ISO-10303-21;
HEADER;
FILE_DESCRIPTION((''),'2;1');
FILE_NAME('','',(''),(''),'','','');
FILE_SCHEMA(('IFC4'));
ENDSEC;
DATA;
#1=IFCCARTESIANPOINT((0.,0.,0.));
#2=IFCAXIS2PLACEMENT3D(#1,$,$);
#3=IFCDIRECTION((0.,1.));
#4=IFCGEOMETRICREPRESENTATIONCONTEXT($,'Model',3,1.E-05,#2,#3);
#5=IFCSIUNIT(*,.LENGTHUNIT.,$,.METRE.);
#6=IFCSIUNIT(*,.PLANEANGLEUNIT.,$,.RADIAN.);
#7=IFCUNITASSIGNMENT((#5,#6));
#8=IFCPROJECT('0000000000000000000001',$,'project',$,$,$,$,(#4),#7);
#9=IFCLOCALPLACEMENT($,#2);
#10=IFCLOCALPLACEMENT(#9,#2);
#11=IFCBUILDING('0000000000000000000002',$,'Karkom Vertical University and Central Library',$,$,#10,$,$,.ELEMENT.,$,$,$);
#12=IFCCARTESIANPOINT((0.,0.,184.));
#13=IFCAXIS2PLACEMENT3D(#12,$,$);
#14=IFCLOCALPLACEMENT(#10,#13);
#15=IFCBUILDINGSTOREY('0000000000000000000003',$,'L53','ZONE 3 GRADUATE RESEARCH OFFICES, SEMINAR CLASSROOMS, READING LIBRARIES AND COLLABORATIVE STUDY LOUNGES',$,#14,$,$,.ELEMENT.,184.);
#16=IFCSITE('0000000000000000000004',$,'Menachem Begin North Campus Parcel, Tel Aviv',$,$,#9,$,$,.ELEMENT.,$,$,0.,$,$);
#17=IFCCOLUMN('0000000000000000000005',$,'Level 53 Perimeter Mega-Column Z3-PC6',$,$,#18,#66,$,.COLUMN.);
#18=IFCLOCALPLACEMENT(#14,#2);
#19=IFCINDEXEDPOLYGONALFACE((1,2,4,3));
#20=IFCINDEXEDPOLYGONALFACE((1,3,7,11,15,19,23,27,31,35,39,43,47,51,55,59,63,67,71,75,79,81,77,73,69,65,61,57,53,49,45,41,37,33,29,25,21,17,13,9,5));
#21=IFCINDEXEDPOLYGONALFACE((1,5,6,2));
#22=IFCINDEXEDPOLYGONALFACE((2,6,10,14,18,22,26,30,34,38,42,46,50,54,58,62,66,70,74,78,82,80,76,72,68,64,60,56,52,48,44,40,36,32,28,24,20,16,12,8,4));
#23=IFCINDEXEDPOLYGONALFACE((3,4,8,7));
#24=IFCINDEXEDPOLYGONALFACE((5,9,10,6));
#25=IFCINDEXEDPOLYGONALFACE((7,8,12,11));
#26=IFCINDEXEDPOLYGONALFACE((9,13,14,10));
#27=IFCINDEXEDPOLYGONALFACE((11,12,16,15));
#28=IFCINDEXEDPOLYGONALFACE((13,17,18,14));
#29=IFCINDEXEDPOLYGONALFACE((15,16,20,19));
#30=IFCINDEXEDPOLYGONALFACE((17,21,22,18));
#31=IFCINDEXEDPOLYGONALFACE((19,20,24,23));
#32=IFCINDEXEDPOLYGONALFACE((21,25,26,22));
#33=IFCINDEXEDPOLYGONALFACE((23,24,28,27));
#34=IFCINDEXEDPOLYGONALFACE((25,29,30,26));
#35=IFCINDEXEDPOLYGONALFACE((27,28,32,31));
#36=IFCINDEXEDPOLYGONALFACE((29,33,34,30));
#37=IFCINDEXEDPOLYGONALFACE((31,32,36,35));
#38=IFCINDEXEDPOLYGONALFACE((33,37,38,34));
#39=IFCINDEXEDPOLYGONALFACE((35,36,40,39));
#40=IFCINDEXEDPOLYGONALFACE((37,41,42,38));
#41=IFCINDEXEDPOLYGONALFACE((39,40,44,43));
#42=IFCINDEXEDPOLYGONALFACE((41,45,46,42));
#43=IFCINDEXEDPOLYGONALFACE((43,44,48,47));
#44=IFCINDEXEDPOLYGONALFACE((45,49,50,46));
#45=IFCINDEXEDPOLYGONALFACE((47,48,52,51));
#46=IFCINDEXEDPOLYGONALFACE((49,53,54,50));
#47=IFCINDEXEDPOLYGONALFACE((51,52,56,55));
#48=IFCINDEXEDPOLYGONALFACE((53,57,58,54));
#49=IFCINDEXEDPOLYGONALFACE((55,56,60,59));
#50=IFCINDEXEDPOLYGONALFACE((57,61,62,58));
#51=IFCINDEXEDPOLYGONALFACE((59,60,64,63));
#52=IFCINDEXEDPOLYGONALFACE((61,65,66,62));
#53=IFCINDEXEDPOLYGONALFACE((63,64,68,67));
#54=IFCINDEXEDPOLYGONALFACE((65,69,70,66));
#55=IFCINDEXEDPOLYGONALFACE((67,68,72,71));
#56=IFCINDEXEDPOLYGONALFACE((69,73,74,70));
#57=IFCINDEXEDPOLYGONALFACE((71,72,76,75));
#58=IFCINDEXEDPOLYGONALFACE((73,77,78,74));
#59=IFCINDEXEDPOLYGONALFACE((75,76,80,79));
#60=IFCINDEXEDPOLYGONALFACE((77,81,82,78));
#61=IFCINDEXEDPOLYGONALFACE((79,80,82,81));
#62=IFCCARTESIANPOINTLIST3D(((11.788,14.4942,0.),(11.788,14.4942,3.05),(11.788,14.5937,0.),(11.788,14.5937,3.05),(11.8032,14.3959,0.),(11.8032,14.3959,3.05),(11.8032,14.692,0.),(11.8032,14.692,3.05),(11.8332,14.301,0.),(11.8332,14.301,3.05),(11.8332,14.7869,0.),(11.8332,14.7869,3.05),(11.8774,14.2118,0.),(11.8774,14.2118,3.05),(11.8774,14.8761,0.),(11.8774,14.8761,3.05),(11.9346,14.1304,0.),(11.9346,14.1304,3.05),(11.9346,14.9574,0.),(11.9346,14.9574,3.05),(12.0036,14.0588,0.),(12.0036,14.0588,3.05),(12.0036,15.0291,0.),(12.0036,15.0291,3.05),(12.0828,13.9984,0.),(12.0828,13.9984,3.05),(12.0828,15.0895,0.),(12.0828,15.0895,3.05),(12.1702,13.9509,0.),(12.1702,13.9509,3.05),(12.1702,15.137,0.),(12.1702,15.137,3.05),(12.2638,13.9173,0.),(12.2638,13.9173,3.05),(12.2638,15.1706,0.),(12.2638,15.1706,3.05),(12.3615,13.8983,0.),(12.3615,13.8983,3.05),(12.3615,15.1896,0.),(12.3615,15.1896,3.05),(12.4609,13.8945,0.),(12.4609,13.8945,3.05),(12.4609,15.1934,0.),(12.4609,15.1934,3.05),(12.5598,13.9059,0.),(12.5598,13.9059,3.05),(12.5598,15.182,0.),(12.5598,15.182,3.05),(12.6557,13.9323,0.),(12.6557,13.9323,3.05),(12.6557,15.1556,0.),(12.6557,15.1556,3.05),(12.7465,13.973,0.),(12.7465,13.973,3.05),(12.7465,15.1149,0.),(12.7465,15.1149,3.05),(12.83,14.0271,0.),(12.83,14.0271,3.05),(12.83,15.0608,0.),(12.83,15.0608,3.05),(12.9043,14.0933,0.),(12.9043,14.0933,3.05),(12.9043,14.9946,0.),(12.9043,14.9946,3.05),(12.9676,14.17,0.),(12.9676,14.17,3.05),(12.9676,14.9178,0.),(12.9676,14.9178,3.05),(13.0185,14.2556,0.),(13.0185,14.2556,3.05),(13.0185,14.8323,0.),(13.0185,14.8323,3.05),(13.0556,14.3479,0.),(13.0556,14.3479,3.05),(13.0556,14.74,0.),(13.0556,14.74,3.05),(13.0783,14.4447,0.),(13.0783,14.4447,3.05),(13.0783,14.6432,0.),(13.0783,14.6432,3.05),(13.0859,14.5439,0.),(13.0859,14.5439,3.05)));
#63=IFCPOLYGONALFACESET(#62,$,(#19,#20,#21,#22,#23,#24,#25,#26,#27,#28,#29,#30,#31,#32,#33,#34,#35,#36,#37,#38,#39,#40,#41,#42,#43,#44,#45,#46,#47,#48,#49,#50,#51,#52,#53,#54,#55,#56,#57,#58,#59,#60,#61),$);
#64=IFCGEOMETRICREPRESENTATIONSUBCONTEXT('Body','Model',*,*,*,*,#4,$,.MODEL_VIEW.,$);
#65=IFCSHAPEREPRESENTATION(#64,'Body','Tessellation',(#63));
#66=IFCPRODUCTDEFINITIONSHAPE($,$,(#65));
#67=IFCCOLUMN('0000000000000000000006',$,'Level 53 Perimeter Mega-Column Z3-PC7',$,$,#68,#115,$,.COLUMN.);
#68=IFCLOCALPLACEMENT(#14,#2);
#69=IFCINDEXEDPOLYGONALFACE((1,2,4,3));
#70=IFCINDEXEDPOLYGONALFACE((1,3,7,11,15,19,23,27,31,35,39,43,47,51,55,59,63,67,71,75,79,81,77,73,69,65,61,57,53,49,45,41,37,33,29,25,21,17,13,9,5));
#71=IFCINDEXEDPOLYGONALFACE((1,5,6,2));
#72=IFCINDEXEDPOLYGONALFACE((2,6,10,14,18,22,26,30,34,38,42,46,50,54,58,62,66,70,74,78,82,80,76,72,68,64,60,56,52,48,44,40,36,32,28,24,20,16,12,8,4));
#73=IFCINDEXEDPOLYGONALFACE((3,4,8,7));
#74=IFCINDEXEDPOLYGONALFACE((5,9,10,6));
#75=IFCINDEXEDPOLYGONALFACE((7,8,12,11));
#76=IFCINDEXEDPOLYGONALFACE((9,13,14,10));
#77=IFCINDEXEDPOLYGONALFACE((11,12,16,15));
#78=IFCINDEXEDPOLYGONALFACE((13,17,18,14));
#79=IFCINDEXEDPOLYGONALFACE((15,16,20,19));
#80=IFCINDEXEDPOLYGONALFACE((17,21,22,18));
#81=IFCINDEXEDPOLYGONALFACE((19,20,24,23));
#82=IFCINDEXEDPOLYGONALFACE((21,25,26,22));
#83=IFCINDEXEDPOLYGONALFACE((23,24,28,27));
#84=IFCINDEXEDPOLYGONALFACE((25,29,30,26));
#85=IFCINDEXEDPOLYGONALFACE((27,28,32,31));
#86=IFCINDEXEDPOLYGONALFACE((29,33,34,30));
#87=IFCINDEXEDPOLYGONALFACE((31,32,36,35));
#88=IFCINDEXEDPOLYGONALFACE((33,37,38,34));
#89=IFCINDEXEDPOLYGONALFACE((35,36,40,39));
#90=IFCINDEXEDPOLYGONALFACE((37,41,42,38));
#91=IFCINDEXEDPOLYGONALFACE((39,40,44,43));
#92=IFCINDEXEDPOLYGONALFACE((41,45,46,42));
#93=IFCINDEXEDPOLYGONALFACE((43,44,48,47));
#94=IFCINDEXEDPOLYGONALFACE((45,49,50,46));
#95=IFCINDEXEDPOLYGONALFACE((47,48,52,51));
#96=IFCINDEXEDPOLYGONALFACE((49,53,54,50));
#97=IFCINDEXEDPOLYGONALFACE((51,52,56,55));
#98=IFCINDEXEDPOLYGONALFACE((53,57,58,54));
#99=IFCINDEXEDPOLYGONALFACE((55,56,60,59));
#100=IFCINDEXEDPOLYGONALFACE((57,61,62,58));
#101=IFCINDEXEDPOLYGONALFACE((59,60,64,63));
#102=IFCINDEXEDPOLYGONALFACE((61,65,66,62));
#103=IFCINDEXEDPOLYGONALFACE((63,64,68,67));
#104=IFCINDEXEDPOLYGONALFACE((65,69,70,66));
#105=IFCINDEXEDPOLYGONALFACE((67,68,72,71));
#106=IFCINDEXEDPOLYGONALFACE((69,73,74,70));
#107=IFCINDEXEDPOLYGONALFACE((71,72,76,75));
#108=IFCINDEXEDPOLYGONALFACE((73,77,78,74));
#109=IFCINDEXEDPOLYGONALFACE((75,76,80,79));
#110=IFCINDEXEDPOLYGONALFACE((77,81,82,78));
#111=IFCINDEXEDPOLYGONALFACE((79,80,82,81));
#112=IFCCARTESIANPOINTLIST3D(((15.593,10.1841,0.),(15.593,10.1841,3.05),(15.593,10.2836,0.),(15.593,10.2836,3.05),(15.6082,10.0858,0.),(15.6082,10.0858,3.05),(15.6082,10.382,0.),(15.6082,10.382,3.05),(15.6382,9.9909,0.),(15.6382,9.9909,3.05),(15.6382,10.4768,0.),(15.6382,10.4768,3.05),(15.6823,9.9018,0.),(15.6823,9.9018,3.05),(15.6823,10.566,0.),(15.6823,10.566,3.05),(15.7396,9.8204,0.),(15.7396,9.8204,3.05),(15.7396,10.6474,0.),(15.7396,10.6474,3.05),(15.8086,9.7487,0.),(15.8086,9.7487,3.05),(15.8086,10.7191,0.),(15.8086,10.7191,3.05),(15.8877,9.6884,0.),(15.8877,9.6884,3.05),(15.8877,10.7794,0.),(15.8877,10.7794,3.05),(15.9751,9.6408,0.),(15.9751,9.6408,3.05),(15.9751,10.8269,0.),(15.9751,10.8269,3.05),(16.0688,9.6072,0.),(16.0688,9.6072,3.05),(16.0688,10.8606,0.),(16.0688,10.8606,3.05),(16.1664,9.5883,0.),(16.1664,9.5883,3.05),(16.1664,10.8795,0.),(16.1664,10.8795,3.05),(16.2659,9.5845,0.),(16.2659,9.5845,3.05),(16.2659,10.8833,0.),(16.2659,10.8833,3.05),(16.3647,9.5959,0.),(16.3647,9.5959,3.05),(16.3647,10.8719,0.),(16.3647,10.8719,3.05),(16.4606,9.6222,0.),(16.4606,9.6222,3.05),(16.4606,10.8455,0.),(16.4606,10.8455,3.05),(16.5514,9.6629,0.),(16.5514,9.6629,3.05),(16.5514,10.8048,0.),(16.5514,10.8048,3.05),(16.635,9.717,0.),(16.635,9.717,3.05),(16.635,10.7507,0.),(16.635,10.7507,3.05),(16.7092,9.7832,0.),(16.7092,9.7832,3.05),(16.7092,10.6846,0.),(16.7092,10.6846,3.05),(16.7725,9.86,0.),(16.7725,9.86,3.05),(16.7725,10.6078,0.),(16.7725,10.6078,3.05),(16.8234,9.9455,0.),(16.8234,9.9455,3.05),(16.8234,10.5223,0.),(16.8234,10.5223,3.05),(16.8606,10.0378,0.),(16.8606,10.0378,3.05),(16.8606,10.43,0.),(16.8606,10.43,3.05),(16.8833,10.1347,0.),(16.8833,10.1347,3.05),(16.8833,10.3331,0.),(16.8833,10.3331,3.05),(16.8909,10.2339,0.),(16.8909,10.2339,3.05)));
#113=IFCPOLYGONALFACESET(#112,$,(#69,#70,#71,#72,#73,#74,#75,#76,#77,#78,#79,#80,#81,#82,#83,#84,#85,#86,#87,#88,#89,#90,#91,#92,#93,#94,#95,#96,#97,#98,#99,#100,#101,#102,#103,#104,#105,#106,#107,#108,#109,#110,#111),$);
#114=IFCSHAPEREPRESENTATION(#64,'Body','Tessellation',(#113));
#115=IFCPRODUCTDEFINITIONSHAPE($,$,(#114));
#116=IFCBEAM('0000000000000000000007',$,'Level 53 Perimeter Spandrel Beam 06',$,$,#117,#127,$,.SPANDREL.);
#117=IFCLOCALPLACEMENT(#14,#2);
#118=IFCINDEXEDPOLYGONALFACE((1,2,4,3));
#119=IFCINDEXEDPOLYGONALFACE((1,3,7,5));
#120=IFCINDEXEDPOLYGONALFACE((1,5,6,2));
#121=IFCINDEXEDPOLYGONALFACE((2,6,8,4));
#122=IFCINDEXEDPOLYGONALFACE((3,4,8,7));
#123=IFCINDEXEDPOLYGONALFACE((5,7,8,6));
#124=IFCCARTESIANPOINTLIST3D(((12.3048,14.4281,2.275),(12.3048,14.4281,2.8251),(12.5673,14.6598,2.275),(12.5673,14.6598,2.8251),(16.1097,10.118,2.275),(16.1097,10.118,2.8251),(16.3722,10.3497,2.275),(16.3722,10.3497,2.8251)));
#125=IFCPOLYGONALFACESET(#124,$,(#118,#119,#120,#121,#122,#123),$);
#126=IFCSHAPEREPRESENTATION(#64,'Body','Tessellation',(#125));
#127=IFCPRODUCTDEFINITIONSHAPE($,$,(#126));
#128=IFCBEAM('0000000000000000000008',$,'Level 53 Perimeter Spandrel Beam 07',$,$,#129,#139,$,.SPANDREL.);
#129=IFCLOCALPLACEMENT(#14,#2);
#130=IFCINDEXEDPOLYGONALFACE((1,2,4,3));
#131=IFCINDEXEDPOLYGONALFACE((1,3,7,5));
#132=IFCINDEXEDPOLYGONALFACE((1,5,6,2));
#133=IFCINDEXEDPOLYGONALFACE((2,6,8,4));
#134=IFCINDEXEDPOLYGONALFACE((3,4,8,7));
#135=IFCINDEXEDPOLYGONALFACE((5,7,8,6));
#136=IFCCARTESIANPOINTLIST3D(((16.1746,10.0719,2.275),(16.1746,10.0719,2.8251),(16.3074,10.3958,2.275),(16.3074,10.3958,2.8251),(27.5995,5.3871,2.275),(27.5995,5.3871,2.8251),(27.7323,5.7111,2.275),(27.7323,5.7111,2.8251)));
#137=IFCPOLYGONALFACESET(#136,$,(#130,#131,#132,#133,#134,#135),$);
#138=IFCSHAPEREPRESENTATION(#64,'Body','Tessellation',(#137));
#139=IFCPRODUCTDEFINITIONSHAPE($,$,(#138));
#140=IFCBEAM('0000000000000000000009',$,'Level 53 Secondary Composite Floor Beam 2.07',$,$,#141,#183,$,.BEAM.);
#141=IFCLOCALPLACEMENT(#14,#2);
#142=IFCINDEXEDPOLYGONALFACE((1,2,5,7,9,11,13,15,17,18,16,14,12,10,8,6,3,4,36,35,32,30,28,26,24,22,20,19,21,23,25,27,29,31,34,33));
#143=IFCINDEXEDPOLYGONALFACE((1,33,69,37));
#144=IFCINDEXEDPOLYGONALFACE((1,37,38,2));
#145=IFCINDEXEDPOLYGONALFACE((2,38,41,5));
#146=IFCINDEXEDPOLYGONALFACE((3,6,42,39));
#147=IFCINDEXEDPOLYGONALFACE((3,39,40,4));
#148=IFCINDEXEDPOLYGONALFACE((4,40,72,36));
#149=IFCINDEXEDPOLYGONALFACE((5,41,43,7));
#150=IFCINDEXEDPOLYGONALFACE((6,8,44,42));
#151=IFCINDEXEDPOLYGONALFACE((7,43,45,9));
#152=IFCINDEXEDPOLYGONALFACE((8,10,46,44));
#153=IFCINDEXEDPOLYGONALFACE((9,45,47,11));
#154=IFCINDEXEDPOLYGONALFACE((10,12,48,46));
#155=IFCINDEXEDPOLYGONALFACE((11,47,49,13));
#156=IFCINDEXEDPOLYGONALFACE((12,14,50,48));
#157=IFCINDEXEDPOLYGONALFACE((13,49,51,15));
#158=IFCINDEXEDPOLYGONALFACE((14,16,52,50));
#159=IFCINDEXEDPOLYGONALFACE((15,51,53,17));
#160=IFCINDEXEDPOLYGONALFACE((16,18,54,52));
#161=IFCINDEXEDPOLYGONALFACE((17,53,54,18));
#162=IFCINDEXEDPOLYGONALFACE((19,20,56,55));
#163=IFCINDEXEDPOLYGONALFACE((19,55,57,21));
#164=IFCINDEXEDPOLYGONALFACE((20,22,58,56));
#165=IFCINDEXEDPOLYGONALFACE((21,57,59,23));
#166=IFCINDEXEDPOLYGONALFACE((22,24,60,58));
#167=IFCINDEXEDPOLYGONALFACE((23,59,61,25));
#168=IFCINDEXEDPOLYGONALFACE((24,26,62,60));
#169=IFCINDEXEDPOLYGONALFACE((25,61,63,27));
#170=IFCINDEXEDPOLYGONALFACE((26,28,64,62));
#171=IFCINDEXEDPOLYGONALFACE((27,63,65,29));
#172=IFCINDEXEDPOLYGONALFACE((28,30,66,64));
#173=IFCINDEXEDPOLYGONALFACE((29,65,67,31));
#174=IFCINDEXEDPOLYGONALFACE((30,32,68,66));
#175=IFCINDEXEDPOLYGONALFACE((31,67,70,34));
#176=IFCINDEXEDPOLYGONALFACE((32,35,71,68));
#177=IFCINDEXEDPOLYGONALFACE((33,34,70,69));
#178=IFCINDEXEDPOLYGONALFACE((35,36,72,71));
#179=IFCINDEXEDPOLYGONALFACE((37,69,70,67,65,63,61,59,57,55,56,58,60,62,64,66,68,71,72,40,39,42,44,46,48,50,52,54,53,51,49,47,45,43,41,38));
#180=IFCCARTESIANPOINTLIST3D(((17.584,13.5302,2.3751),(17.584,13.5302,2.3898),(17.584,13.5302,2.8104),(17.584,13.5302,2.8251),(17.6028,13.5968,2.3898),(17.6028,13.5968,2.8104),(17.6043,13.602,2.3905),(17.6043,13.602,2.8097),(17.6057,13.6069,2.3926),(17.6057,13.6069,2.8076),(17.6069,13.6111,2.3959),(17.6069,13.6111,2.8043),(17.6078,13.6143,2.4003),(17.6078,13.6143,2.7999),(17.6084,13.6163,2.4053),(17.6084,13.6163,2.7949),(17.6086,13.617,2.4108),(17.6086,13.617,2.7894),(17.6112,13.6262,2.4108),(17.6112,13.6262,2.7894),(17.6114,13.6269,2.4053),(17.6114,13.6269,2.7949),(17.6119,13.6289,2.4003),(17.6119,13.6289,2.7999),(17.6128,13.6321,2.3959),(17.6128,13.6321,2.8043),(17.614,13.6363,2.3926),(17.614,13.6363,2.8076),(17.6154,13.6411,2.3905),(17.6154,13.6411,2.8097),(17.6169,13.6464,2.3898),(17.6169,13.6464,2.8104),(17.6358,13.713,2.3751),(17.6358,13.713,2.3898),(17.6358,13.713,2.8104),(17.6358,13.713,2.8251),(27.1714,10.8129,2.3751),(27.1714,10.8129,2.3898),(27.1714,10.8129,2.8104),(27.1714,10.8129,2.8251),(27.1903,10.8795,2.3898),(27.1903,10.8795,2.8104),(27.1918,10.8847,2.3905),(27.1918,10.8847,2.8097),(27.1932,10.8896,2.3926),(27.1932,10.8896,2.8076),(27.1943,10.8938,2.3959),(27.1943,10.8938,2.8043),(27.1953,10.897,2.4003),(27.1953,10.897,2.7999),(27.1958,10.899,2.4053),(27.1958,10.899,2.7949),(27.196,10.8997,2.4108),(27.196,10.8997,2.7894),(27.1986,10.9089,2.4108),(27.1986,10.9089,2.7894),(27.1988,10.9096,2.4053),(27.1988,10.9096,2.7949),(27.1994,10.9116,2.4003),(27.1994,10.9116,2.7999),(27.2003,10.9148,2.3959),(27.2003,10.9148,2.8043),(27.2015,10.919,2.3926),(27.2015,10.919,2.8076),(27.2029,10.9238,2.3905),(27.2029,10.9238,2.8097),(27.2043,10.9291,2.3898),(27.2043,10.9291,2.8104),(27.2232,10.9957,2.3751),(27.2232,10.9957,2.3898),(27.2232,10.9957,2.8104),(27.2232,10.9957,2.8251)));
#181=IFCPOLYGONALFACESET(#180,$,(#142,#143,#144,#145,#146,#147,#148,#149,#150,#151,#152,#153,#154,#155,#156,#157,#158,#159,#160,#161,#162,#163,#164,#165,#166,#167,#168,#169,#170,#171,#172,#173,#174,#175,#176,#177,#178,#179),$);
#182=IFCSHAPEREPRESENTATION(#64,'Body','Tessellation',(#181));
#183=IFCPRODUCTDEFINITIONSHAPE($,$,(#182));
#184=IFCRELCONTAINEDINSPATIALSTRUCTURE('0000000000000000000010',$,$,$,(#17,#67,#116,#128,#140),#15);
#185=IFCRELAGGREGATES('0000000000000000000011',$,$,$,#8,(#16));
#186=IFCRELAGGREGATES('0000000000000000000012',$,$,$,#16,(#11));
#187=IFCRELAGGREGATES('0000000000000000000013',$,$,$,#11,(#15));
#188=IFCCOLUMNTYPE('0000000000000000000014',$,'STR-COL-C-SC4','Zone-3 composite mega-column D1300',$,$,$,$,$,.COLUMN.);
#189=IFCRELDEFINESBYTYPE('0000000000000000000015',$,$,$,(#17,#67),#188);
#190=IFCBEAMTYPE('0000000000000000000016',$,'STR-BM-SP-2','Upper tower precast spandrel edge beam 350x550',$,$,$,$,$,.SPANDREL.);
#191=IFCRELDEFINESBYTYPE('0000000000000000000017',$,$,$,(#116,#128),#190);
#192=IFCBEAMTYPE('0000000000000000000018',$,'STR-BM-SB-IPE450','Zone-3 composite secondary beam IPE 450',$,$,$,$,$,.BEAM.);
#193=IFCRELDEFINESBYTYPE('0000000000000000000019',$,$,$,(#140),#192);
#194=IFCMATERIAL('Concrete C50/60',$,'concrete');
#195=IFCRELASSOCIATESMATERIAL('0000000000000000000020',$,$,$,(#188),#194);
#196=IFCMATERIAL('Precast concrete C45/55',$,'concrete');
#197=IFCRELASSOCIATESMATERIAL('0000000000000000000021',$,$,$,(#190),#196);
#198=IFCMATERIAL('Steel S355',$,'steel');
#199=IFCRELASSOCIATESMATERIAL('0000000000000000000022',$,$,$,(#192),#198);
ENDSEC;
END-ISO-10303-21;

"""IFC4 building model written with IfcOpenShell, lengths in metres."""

from ifc_helpers import new_model, si_unit, direction, frame, origin, origin_with_axes, origin_2d, place, context, subcontext, project, spatial, rectangle, circle, i_section, extrude, source, transform, mapped, material, material_profile, profile_set, type_object, element, save


model = new_model("IFC4")

# Units and contexts
model_context = context("Model", 3, precision=1e-05, world=origin(), true_north=direction((0.0, 1.0)))
body_context = subcontext(model_context, "Body", "Model", "MODEL_VIEW")
ifc_project = project(units=[si_unit("LENGTHUNIT", "METRE"), si_unit("PLANEANGLEUNIT", "RADIAN")], contexts=[model_context])

# Site, building, storey
site_placement = place(None, origin())
site = spatial("IfcSite", under=ifc_project, at=site_placement, Name="Menachem Begin North Campus Parcel, Tel Aviv", CompositionType="ELEMENT", RefElevation=0.0)
building_placement = place(site_placement, origin())
building = spatial("IfcBuilding", under=site, at=building_placement, Name="Karkom Vertical University and Central Library", CompositionType="ELEMENT")
storey_placement = place(building_placement, frame((0.0, 0.0, 184.0)))
storey = spatial("IfcBuildingStorey", under=building, at=storey_placement, Name="L53", Description="ZONE 3 GRADUATE RESEARCH OFFICES, SEMINAR CLASSROOMS, READING LIBRARIES AND COLLABORATIVE STUDY LOUNGES", CompositionType="ELEMENT", Elevation=184.0)

# Columns
ifc_material_1 = material(Name="Concrete C50/60", Category="concrete")
ifc_material_profile_1 = material_profile(ifc_material_1, circle(Radius=0.6499, at=origin_2d()), Name="CFT-D1300")
ifc_profile_set_1 = profile_set([ifc_material_profile_1], Name="Concrete C50/60")
column_type = type_object("IfcColumnType", Name="STR-COL-C-SC4", Description="Zone-3 composite mega-column D1300", PredefinedType="COLUMN", material=ifc_profile_set_1)
shared_shape_1 = source(origin_with_axes(), body_context, "Body", "SweptSolid", [
    extrude(circle(Radius=0.6499, at=origin_2d()), origin(), (0.0, 0.0, 1.0), 3.05),
])
for number, where, z_axis, x_axis, name in (
    (1, (12.436, 14.5439, 0.0), (0.0, 0.0, 1.0), (1.0, 0.0, 0.0), "Level 53 Perimeter Mega-Column Z3-PC6"),
    (2, (16.241, 10.2339, 0.0), (0.0, 0.0, 1.0), (1.0, 0.0, 0.0), "Level 53 Perimeter Mega-Column Z3-PC7"),
):
    element("IfcColumn", number, at=place(storey_placement, frame(where, z_axis=z_axis, x_axis=x_axis)), inside=storey, type_object=column_type, Name=name, PredefinedType="COLUMN", context=body_context, shape_type="MappedRepresentation", body=[
        mapped(shared_shape_1, transform((0.0, 0.0, 0.0), scale=1.0)),
    ])

# Beams
ifc_material_2 = material(Name="Precast concrete C45/55", Category="concrete")
ifc_material_profile_2 = material_profile(ifc_material_2, rectangle(XDim=0.3501, YDim=0.55, at=origin_2d()), Name="SPB-350x550")
ifc_profile_set_2 = profile_set([ifc_material_profile_2], Name="Precast concrete C45/55")
beam_type_1 = type_object("IfcBeamType", Name="STR-BM-SP-2", Description="Upper tower precast spandrel edge beam 350x550", PredefinedType="SPANDREL", material=ifc_profile_set_2)
shared_shape_2 = source(origin_with_axes(), body_context, "Body", "SweptSolid", [
    extrude(rectangle(XDim=0.3501, YDim=0.55, at=origin_2d()), origin(), (0.0, 0.0, 1.0), 5.7493),
])
beam_1_placement = place(storey_placement, frame((12.436, 14.5439, 2.55), z_axis=(0.661811, -0.749671, 0.0), x_axis=(0.749671, 0.661811, 0.0)))
element("IfcBeam", 3, at=beam_1_placement, inside=storey, type_object=beam_type_1, Name="Level 53 Perimeter Spandrel Beam 06", PredefinedType="SPANDREL", context=body_context, shape_type="MappedRepresentation", body=[
    mapped(shared_shape_2, transform((0.0, 0.0, 0.0), scale=1.0)),
])
shared_shape_3 = source(origin_with_axes(), body_context, "Body", "SweptSolid", [
    extrude(rectangle(XDim=0.3501, YDim=0.55, at=origin_2d()), origin(), (0.0, 0.0, 1.0), 12.3481),
])
beam_2_placement = place(storey_placement, frame((16.241, 10.2339, 2.55), z_axis=(0.925236, -0.379391, 0.0), x_axis=(0.379391, 0.925236, 0.0)))
element("IfcBeam", 4, at=beam_2_placement, inside=storey, type_object=beam_type_1, Name="Level 53 Perimeter Spandrel Beam 07", PredefinedType="SPANDREL", context=body_context, shape_type="MappedRepresentation", body=[
    mapped(shared_shape_3, transform((0.0, 0.0, 0.0), scale=1.0)),
])
ifc_material_3 = material(Name="Steel S355", Category="steel")
ifc_material_profile_3 = material_profile(ifc_material_3, i_section(OverallWidth=0.1899, OverallDepth=0.45, WebThickness=0.0095, FlangeThickness=0.0146, FilletRadius=0.021, at=origin_2d()), Name="IPE 450")
ifc_profile_set_3 = profile_set([ifc_material_profile_3], Name="Steel S355")
beam_type_2 = type_object("IfcBeamType", Name="STR-BM-SB-IPE450", Description="Zone-3 composite secondary beam IPE 450", PredefinedType="BEAM", material=ifc_profile_set_3)
shared_shape_4 = source(origin_with_axes(), body_context, "Body", "SweptSolid", [
    extrude(i_section(OverallWidth=0.1899, OverallDepth=0.45, WebThickness=0.0095, FlangeThickness=0.0146, FilletRadius=0.021, at=origin_2d()), origin(), (0.0, 0.0, 1.0), 9.9651),
])
beam_3_placement = place(storey_placement, frame((17.6099, 13.6216, 2.6001), z_axis=(0.962104, -0.272682, 0.0), x_axis=(0.272682, 0.962104, 0.0)))
element("IfcBeam", 5, at=beam_3_placement, inside=storey, type_object=beam_type_2, Name="Level 53 Secondary Composite Floor Beam 2.07", PredefinedType="BEAM", context=body_context, shape_type="MappedRepresentation", body=[
    mapped(shared_shape_4, transform((0.0, 0.0, 0.0), scale=1.0)),
])

save(model, "model.ifc")
